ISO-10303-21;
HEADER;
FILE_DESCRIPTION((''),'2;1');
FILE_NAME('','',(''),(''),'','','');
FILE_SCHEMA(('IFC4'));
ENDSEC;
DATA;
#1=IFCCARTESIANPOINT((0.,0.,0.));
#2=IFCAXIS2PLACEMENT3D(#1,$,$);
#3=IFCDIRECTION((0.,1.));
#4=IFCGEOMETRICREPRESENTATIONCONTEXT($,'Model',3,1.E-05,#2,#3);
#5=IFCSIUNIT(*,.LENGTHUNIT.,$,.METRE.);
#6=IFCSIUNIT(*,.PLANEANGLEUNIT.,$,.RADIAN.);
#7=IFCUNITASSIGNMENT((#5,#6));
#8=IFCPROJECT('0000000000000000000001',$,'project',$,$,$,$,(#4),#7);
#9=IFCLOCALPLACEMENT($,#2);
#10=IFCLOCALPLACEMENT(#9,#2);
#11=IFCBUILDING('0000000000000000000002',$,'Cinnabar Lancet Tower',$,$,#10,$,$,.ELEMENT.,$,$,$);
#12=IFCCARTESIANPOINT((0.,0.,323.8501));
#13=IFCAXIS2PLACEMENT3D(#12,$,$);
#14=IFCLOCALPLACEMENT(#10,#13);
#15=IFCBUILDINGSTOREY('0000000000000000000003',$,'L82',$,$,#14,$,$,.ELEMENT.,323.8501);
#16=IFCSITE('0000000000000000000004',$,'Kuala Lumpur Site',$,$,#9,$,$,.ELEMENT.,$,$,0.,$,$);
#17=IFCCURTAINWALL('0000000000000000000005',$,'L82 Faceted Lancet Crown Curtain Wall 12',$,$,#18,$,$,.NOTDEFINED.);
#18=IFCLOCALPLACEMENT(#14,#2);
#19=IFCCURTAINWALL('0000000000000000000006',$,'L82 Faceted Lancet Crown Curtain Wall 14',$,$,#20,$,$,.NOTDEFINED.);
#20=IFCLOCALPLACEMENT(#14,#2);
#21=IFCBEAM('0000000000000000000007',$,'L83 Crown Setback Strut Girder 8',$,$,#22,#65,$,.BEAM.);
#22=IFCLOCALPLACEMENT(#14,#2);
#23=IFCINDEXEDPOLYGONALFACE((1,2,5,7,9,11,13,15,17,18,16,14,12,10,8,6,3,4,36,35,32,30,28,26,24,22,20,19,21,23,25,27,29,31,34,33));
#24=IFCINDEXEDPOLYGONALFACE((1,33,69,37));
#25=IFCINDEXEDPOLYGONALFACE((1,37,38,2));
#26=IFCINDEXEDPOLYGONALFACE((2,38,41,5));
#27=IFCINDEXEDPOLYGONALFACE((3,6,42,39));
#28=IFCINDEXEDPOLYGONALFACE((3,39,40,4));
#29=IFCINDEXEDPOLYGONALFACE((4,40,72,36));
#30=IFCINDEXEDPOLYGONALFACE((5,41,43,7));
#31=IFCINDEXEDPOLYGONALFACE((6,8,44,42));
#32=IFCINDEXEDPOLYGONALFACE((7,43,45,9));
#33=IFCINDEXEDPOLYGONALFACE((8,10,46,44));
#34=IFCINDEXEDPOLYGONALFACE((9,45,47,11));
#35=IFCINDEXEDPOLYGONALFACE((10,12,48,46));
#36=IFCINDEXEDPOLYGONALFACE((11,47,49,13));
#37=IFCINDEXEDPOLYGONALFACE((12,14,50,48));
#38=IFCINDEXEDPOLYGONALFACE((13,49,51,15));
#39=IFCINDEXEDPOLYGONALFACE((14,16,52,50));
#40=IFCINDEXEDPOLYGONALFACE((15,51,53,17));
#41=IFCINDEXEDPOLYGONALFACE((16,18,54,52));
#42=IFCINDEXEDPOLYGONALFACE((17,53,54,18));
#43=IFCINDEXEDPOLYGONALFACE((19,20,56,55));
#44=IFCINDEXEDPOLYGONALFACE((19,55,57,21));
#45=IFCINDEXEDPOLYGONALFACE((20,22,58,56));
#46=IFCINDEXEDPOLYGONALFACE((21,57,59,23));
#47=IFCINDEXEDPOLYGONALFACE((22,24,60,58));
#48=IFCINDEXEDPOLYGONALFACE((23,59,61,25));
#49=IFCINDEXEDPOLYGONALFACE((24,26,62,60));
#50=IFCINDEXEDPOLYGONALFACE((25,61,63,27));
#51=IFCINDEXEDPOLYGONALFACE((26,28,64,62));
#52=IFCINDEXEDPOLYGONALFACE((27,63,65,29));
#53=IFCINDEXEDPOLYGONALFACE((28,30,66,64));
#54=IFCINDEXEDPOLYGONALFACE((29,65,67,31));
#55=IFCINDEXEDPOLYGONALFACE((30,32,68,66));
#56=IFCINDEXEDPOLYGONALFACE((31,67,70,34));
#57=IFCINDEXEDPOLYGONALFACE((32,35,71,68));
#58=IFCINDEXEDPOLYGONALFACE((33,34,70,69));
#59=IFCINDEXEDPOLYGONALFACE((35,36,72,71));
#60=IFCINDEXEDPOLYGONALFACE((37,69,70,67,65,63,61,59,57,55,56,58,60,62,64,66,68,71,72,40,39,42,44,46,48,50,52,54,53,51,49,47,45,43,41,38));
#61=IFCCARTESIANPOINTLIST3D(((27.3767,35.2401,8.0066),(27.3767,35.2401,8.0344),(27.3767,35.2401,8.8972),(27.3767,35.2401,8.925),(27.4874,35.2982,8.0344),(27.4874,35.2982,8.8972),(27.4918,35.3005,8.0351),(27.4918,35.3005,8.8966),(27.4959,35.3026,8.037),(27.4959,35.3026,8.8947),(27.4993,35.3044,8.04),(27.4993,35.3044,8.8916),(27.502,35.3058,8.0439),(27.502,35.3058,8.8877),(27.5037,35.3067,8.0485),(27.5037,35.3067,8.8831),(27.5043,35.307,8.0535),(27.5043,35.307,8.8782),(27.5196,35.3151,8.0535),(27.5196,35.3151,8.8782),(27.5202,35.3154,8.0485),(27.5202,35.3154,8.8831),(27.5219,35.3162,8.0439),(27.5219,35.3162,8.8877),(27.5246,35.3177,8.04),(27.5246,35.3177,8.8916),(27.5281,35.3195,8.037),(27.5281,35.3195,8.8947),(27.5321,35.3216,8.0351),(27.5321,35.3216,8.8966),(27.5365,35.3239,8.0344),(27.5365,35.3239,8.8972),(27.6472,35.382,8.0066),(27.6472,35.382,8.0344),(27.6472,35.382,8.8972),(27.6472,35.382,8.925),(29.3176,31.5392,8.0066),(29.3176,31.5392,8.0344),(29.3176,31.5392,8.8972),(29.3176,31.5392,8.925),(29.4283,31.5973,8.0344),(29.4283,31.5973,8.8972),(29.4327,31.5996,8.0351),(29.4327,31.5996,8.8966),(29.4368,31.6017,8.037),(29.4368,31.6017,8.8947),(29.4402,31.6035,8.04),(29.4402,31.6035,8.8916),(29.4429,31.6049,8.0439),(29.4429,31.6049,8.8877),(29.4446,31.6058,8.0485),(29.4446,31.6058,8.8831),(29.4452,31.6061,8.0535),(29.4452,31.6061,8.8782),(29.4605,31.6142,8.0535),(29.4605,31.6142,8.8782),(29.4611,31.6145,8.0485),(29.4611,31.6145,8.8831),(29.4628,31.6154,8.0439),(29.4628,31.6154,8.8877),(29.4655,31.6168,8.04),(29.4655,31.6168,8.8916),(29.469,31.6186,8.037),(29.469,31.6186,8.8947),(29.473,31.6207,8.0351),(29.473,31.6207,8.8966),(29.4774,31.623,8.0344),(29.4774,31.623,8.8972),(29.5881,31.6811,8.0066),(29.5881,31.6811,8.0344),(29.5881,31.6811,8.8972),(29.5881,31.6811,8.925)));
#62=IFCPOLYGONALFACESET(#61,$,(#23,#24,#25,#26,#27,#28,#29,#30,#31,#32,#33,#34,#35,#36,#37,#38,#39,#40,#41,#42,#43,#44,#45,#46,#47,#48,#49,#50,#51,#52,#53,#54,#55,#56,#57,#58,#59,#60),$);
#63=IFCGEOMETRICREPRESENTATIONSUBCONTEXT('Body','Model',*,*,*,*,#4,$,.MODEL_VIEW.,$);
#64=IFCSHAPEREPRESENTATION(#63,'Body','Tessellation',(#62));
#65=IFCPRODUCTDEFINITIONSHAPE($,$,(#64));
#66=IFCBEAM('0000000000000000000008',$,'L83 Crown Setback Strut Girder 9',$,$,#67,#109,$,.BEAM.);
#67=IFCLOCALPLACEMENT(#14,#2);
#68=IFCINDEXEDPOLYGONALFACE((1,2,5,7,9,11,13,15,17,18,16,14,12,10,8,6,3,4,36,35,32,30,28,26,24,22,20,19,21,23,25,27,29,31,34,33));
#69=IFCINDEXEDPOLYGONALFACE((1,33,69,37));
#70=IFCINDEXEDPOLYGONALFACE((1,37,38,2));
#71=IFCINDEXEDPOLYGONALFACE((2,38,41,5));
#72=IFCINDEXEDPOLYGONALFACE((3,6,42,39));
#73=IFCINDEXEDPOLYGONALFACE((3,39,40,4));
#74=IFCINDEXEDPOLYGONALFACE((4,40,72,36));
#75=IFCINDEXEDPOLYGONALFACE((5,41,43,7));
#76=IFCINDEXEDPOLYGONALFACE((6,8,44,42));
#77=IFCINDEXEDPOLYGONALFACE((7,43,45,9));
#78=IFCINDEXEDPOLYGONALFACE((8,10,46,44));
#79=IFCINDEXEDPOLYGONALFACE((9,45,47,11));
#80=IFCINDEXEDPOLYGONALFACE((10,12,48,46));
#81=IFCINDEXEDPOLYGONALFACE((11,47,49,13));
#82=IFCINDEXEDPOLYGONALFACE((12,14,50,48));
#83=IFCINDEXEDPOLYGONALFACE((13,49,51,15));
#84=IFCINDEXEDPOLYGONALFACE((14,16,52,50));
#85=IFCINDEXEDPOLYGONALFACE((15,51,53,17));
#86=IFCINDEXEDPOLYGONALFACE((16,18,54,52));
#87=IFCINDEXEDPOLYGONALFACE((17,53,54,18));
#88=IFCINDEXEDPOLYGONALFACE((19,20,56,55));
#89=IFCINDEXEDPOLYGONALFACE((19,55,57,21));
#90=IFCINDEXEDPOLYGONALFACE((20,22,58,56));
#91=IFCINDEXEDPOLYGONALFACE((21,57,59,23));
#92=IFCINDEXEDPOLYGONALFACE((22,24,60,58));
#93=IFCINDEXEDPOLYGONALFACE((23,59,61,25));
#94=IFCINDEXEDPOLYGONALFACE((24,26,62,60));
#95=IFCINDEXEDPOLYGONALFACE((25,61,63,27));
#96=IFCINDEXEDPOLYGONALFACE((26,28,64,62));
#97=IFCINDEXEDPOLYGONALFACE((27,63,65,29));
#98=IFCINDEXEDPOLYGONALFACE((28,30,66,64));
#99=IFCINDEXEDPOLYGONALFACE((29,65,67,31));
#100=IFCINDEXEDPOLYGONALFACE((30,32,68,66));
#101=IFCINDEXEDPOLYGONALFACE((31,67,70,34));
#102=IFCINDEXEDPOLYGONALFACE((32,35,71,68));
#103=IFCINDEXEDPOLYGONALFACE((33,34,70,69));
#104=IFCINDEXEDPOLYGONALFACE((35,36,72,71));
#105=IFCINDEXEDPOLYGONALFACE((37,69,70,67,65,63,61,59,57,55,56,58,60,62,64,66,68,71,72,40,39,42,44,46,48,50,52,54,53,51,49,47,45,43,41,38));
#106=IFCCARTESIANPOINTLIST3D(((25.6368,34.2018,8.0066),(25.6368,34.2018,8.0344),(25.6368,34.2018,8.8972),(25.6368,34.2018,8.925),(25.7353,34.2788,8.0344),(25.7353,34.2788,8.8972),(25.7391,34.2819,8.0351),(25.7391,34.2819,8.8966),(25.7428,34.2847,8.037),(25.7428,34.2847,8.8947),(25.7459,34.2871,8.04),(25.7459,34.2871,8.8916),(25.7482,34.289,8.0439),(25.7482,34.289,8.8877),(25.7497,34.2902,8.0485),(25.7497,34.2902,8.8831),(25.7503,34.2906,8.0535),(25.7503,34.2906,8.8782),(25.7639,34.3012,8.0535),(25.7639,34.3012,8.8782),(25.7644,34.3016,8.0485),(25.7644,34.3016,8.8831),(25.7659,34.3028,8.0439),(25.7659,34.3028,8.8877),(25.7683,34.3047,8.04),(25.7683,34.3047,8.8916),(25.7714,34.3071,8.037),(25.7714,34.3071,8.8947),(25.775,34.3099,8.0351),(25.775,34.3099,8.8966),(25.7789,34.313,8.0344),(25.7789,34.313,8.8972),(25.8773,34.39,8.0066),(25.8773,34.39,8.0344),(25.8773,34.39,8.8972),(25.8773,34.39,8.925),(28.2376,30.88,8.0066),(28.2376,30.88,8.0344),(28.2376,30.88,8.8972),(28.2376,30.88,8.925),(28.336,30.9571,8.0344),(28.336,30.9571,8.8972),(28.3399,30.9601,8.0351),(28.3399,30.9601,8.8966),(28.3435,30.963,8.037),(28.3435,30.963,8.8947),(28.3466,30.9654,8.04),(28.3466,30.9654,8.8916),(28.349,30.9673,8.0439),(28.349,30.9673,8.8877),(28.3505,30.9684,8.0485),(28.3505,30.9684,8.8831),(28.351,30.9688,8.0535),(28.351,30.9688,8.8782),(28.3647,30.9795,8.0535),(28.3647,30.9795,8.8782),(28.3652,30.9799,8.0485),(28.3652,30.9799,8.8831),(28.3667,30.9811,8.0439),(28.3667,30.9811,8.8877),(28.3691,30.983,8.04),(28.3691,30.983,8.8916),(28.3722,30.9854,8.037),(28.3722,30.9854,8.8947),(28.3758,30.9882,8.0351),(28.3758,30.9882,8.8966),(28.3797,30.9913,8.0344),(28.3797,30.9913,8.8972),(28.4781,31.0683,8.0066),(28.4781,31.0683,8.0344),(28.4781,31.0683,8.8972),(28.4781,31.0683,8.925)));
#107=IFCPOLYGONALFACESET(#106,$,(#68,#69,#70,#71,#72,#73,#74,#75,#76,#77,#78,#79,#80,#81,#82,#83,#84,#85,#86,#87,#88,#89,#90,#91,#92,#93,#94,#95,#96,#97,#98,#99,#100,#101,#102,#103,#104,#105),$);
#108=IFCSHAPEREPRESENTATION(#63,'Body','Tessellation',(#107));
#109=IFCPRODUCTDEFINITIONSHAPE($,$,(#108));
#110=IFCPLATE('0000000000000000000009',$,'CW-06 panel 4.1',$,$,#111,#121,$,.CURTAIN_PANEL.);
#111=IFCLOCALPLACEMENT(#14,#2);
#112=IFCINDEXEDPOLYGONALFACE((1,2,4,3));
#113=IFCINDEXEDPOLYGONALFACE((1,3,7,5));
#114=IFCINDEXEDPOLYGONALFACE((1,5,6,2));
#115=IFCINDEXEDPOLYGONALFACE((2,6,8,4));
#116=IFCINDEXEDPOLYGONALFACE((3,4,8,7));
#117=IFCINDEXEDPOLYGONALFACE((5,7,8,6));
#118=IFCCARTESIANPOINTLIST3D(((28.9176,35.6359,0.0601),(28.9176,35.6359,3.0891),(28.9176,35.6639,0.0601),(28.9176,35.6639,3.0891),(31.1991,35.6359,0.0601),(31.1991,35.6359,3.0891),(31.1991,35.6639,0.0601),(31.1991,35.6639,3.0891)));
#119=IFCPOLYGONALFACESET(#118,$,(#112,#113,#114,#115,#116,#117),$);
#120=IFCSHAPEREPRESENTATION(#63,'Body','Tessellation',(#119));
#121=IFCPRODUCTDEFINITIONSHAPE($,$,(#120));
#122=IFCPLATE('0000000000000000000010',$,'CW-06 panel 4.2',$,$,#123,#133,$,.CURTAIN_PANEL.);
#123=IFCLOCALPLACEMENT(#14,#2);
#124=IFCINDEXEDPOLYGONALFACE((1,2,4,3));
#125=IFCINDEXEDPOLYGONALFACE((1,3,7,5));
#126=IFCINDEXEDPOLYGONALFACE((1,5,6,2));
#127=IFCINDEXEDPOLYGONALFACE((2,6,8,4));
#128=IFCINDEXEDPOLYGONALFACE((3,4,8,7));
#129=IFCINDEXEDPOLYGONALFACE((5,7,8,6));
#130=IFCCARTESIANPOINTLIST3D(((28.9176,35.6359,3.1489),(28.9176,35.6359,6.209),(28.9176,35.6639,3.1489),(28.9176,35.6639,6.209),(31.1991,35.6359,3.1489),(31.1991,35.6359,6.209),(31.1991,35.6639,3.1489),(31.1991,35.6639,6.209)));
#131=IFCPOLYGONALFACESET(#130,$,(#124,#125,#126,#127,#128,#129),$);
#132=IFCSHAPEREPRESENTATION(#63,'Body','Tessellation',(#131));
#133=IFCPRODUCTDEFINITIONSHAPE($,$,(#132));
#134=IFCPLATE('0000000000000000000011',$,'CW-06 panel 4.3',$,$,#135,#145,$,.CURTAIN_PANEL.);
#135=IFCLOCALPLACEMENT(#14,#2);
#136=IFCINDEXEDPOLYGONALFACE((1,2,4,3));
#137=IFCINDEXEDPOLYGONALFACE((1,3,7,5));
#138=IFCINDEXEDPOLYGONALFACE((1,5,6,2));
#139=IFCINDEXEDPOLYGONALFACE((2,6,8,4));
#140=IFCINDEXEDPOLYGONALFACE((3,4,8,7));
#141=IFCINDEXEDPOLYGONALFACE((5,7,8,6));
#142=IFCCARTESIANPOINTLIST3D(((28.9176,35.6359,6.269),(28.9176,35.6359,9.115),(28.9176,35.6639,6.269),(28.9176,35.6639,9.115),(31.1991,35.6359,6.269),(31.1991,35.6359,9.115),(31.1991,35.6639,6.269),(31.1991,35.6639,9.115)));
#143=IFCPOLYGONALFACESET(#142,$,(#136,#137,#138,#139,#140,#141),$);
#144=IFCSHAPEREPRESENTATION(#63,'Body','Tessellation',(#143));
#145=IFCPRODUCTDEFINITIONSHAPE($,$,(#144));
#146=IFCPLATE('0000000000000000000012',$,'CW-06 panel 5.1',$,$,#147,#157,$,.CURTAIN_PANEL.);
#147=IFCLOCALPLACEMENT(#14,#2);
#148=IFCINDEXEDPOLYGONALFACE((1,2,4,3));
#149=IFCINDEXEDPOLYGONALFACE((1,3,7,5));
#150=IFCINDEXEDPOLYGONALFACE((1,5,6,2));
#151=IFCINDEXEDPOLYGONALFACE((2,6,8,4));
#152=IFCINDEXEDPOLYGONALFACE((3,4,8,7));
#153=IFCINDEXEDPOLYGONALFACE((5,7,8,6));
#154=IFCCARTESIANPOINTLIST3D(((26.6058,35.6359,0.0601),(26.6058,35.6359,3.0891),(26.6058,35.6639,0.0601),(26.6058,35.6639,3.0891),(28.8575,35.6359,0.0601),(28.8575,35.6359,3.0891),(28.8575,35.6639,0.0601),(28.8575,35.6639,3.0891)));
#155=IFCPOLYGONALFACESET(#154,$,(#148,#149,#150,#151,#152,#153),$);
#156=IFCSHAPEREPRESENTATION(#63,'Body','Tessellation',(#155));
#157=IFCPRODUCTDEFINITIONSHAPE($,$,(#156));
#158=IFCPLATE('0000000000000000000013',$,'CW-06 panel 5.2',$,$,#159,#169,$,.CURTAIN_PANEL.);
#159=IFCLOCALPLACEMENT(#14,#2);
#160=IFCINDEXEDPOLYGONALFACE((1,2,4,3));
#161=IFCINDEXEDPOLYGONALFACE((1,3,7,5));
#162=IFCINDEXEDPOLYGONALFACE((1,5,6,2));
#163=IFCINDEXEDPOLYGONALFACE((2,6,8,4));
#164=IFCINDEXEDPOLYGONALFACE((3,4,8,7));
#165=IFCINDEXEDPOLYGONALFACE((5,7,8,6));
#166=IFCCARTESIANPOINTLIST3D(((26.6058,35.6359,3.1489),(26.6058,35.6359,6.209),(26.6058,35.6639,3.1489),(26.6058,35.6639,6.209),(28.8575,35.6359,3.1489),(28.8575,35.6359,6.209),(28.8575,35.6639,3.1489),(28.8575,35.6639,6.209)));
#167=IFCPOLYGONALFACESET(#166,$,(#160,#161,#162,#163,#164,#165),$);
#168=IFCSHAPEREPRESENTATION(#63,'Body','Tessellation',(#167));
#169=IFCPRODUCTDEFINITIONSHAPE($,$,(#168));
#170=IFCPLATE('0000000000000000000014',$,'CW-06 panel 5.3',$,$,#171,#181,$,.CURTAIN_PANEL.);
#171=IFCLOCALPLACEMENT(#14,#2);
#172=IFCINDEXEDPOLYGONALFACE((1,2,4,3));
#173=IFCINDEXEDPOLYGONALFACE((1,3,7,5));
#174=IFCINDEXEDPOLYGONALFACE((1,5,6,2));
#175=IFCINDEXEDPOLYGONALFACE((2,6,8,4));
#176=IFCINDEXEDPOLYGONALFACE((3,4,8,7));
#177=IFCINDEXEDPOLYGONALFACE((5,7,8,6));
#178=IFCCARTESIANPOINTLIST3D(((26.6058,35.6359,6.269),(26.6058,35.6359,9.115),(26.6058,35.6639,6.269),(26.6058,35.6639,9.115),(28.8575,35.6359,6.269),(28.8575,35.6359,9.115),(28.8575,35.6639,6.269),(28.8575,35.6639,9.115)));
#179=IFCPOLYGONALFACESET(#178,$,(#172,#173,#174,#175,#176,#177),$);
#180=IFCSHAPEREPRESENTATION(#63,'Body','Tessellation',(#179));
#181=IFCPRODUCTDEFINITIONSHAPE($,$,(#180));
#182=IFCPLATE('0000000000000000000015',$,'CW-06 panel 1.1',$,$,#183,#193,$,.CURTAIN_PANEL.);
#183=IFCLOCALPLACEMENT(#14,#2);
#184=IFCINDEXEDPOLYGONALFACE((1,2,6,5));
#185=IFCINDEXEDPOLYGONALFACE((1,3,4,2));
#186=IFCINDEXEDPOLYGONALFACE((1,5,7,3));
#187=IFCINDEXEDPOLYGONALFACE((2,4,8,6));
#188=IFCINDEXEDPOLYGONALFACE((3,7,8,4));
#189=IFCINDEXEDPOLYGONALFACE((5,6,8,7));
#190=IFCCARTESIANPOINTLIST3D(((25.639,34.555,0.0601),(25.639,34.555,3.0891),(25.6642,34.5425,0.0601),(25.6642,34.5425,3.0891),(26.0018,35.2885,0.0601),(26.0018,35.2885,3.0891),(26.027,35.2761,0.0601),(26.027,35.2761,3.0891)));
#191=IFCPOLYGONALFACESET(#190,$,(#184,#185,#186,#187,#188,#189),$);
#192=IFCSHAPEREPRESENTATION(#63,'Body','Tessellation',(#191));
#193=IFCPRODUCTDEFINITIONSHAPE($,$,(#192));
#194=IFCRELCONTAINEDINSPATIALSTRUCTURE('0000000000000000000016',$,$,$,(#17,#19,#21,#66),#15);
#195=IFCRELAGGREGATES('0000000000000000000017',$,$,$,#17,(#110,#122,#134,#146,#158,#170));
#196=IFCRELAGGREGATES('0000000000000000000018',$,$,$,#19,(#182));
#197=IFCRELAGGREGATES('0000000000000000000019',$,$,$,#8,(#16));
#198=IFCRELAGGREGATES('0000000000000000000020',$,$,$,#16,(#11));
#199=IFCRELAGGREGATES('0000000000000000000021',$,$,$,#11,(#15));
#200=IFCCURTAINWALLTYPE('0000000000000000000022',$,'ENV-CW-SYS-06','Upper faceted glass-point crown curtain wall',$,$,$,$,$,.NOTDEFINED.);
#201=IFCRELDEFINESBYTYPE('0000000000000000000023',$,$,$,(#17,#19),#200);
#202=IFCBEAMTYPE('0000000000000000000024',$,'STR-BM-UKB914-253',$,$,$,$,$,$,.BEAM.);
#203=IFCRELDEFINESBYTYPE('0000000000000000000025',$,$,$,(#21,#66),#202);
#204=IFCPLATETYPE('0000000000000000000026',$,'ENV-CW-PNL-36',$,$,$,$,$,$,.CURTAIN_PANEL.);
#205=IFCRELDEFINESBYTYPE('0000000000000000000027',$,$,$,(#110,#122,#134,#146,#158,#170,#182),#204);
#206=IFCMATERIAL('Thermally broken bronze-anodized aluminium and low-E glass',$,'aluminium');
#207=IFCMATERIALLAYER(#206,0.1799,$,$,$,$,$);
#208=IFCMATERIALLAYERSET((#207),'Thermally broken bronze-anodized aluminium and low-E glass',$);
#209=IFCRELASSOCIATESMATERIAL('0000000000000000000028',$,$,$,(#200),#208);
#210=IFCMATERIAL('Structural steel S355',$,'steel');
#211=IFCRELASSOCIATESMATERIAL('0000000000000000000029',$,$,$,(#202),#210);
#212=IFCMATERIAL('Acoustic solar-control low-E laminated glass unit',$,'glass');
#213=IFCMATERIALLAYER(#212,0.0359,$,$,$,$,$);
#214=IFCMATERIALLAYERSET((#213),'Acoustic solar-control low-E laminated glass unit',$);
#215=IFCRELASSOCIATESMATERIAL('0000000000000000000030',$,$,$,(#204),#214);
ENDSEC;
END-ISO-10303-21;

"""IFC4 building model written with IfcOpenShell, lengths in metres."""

from ifc_helpers import new_model, si_unit, direction, frame, origin, origin_2d, place, context, subcontext, project, spatial, rectangle, i_section, extrude, material, layer, layer_set, material_profile, profile_set, type_object, element, aggregate, save


model = new_model("IFC4")

# Units and contexts
model_context = context("Model", 3, precision=1e-05, world=origin(), true_north=direction((0.0, 1.0)))
body_context = subcontext(model_context, "Body", "Model", "MODEL_VIEW")
ifc_project = project(units=[si_unit("LENGTHUNIT", "METRE"), si_unit("PLANEANGLEUNIT", "RADIAN")], contexts=[model_context])

# Site, building, storey
site_placement = place(None, origin())
site = spatial("IfcSite", under=ifc_project, at=site_placement, Name="Kuala Lumpur Site", CompositionType="ELEMENT", RefElevation=0.0)
building_placement = place(site_placement, origin())
building = spatial("IfcBuilding", under=site, at=building_placement, Name="Cinnabar Lancet Tower", CompositionType="ELEMENT")
storey_placement = place(building_placement, frame((0.0, 0.0, 323.8501)))
storey = spatial("IfcBuildingStorey", under=building, at=storey_placement, Name="L82", CompositionType="ELEMENT", Elevation=323.8501)

# Curtain walls
ifc_material_1 = material(Name="Thermally broken bronze-anodized aluminium and low-E glass", Category="aluminium")
ifc_layer_1 = layer(ifc_material_1, 0.1799)
ifc_layer_set_1 = layer_set([ifc_layer_1], Name="Thermally broken bronze-anodized aluminium and low-E glass")
curtain_wall_type = type_object("IfcCurtainWallType", Name="ENV-CW-SYS-06", Description="Upper faceted glass-point crown curtain wall", PredefinedType="NOTDEFINED", material=ifc_layer_set_1)
curtain_wall_1_placement = place(storey_placement, origin())
curtain_wall_1 = element("IfcCurtainWall", 1, at=curtain_wall_1_placement, inside=storey, type_object=curtain_wall_type, Name="L82 Faceted Lancet Crown Curtain Wall 12", PredefinedType="NOTDEFINED")
curtain_wall_2_placement = place(storey_placement, origin())
curtain_wall_2 = element("IfcCurtainWall", 2, at=curtain_wall_2_placement, inside=storey, type_object=curtain_wall_type, Name="L82 Faceted Lancet Crown Curtain Wall 14", PredefinedType="NOTDEFINED")

# Beams
ifc_material_2 = material(Name="Structural steel S355", Category="steel")
ifc_material_profile_1 = material_profile(ifc_material_2, i_section(OverallWidth=0.3054, OverallDepth=0.9185, WebThickness=0.0173, FlangeThickness=0.0278, FilletRadius=0.019, at=origin_2d()), Name="UKB 914x305x253")
ifc_profile_set_1 = profile_set([ifc_material_profile_1], Name="Structural steel S355")
beam_type = type_object("IfcBeamType", Name="STR-BM-UKB914-253", PredefinedType="BEAM", material=ifc_profile_set_1)
beam_1_placement = place(storey_placement, frame((27.512, 35.311, 8.4658), z_axis=(0.464446, -0.885602, 0.0), x_axis=(0.885602, 0.464446, 0.0)))
element("IfcBeam", 3, at=beam_1_placement, inside=storey, type_object=beam_type, Name="L83 Crown Setback Strut Girder 8", PredefinedType="BEAM", context=body_context, shape_type="SweptSolid", body=[
    extrude(i_section(OverallWidth=0.3054, OverallDepth=0.9185, WebThickness=0.0173, FlangeThickness=0.0278, FilletRadius=0.019, at=origin_2d()), origin(), (0.0, 0.0, 1.0), 4.179),
])
beam_2_placement = place(storey_placement, frame((25.7571, 34.2959, 8.4658), z_axis=(0.616481, -0.787369, 0.0), x_axis=(0.787369, 0.616481, 0.0)))
element("IfcBeam", 4, at=beam_2_placement, inside=storey, type_object=beam_type, Name="L83 Crown Setback Strut Girder 9", PredefinedType="BEAM", context=body_context, shape_type="SweptSolid", body=[
    extrude(i_section(OverallWidth=0.3054, OverallDepth=0.9185, WebThickness=0.0173, FlangeThickness=0.0278, FilletRadius=0.019, at=origin_2d()), origin(), (0.0, 0.0, 1.0), 4.2188),
])

# Plates
ifc_material_3 = material(Name="Acoustic solar-control low-E laminated glass unit", Category="glass")
ifc_layer_2 = layer(ifc_material_3, 0.0359)
ifc_layer_set_2 = layer_set([ifc_layer_2], Name="Acoustic solar-control low-E laminated glass unit")
plate_type = type_object("IfcPlateType", Name="ENV-CW-PNL-36", PredefinedType="CURTAIN_PANEL", material=ifc_layer_set_2)
plate_1_placement = place(storey_placement, frame((30.0583, 35.6499, 0.0601), z_axis=(0.0, 0.0, 1.0), x_axis=(-1.0, 0.0, 0.0)))
plate_1 = element("IfcPlate", 5, at=plate_1_placement, type_object=plate_type, Name="CW-06 panel 4.1", PredefinedType="CURTAIN_PANEL", context=body_context, shape_type="SweptSolid", body=[
    extrude(rectangle(XDim=2.2815, YDim=0.0281, at=origin_2d()), origin(), (0.0, 0.0, 1.0), 3.0291),
])
plate_2_placement = place(storey_placement, frame((30.0583, 35.6499, 3.1489), z_axis=(0.0, 0.0, 1.0), x_axis=(-1.0, 0.0, 0.0)))
plate_2 = element("IfcPlate", 6, at=plate_2_placement, type_object=plate_type, Name="CW-06 panel 4.2", PredefinedType="CURTAIN_PANEL", context=body_context, shape_type="SweptSolid", body=[
    extrude(rectangle(XDim=2.2815, YDim=0.0281, at=origin_2d()), origin(), (0.0, 0.0, 1.0), 3.0601),
])
plate_3_placement = place(storey_placement, frame((30.0583, 35.6499, 6.269), z_axis=(0.0, 0.0, 1.0), x_axis=(-1.0, 0.0, 0.0)))
plate_3 = element("IfcPlate", 7, at=plate_3_placement, type_object=plate_type, Name="CW-06 panel 4.3", PredefinedType="CURTAIN_PANEL", context=body_context, shape_type="SweptSolid", body=[
    extrude(rectangle(XDim=2.2815, YDim=0.0281, at=origin_2d()), origin(), (0.0, 0.0, 1.0), 2.8459),
])
plate_4_placement = place(storey_placement, frame((27.7317, 35.6499, 0.0601), z_axis=(0.0, 0.0, 1.0), x_axis=(-1.0, 0.0, 0.0)))
plate_4 = element("IfcPlate", 8, at=plate_4_placement, type_object=plate_type, Name="CW-06 panel 5.1", PredefinedType="CURTAIN_PANEL", context=body_context, shape_type="SweptSolid", body=[
    extrude(rectangle(XDim=2.2517, YDim=0.0281, at=origin_2d()), origin(), (0.0, 0.0, 1.0), 3.0291),
])
plate_5_placement = place(storey_placement, frame((27.7317, 35.6499, 3.1489), z_axis=(0.0, 0.0, 1.0), x_axis=(-1.0, 0.0, 0.0)))
plate_5 = element("IfcPlate", 9, at=plate_5_placement, type_object=plate_type, Name="CW-06 panel 5.2", PredefinedType="CURTAIN_PANEL", context=body_context, shape_type="SweptSolid", body=[
    extrude(rectangle(XDim=2.2517, YDim=0.0281, at=origin_2d()), origin(), (0.0, 0.0, 1.0), 3.0601),
])
plate_6_placement = place(storey_placement, frame((27.7317, 35.6499, 6.269), z_axis=(0.0, 0.0, 1.0), x_axis=(-1.0, 0.0, 0.0)))
plate_6 = element("IfcPlate", 10, at=plate_6_placement, type_object=plate_type, Name="CW-06 panel 5.3", PredefinedType="CURTAIN_PANEL", context=body_context, shape_type="SweptSolid", body=[
    extrude(rectangle(XDim=2.2517, YDim=0.0281, at=origin_2d()), origin(), (0.0, 0.0, 1.0), 2.8459),
])
aggregate(curtain_wall_1, [plate_1, plate_2, plate_3, plate_4, plate_5, plate_6])
plate_7_placement = place(storey_placement, frame((25.833, 34.9155, 0.0601), z_axis=(0.0, 0.0, 1.0), x_axis=(-0.443373, -0.896337, 0.0)))
plate_7 = element("IfcPlate", 11, at=plate_7_placement, type_object=plate_type, Name="CW-06 panel 1.1", PredefinedType="CURTAIN_PANEL", context=body_context, shape_type="SweptSolid", body=[
    extrude(rectangle(XDim=0.8184, YDim=0.0281, at=origin_2d()), origin(), (0.0, 0.0, 1.0), 3.0291),
])
aggregate(curtain_wall_2, [plate_7])

save(model, "model.ifc")
